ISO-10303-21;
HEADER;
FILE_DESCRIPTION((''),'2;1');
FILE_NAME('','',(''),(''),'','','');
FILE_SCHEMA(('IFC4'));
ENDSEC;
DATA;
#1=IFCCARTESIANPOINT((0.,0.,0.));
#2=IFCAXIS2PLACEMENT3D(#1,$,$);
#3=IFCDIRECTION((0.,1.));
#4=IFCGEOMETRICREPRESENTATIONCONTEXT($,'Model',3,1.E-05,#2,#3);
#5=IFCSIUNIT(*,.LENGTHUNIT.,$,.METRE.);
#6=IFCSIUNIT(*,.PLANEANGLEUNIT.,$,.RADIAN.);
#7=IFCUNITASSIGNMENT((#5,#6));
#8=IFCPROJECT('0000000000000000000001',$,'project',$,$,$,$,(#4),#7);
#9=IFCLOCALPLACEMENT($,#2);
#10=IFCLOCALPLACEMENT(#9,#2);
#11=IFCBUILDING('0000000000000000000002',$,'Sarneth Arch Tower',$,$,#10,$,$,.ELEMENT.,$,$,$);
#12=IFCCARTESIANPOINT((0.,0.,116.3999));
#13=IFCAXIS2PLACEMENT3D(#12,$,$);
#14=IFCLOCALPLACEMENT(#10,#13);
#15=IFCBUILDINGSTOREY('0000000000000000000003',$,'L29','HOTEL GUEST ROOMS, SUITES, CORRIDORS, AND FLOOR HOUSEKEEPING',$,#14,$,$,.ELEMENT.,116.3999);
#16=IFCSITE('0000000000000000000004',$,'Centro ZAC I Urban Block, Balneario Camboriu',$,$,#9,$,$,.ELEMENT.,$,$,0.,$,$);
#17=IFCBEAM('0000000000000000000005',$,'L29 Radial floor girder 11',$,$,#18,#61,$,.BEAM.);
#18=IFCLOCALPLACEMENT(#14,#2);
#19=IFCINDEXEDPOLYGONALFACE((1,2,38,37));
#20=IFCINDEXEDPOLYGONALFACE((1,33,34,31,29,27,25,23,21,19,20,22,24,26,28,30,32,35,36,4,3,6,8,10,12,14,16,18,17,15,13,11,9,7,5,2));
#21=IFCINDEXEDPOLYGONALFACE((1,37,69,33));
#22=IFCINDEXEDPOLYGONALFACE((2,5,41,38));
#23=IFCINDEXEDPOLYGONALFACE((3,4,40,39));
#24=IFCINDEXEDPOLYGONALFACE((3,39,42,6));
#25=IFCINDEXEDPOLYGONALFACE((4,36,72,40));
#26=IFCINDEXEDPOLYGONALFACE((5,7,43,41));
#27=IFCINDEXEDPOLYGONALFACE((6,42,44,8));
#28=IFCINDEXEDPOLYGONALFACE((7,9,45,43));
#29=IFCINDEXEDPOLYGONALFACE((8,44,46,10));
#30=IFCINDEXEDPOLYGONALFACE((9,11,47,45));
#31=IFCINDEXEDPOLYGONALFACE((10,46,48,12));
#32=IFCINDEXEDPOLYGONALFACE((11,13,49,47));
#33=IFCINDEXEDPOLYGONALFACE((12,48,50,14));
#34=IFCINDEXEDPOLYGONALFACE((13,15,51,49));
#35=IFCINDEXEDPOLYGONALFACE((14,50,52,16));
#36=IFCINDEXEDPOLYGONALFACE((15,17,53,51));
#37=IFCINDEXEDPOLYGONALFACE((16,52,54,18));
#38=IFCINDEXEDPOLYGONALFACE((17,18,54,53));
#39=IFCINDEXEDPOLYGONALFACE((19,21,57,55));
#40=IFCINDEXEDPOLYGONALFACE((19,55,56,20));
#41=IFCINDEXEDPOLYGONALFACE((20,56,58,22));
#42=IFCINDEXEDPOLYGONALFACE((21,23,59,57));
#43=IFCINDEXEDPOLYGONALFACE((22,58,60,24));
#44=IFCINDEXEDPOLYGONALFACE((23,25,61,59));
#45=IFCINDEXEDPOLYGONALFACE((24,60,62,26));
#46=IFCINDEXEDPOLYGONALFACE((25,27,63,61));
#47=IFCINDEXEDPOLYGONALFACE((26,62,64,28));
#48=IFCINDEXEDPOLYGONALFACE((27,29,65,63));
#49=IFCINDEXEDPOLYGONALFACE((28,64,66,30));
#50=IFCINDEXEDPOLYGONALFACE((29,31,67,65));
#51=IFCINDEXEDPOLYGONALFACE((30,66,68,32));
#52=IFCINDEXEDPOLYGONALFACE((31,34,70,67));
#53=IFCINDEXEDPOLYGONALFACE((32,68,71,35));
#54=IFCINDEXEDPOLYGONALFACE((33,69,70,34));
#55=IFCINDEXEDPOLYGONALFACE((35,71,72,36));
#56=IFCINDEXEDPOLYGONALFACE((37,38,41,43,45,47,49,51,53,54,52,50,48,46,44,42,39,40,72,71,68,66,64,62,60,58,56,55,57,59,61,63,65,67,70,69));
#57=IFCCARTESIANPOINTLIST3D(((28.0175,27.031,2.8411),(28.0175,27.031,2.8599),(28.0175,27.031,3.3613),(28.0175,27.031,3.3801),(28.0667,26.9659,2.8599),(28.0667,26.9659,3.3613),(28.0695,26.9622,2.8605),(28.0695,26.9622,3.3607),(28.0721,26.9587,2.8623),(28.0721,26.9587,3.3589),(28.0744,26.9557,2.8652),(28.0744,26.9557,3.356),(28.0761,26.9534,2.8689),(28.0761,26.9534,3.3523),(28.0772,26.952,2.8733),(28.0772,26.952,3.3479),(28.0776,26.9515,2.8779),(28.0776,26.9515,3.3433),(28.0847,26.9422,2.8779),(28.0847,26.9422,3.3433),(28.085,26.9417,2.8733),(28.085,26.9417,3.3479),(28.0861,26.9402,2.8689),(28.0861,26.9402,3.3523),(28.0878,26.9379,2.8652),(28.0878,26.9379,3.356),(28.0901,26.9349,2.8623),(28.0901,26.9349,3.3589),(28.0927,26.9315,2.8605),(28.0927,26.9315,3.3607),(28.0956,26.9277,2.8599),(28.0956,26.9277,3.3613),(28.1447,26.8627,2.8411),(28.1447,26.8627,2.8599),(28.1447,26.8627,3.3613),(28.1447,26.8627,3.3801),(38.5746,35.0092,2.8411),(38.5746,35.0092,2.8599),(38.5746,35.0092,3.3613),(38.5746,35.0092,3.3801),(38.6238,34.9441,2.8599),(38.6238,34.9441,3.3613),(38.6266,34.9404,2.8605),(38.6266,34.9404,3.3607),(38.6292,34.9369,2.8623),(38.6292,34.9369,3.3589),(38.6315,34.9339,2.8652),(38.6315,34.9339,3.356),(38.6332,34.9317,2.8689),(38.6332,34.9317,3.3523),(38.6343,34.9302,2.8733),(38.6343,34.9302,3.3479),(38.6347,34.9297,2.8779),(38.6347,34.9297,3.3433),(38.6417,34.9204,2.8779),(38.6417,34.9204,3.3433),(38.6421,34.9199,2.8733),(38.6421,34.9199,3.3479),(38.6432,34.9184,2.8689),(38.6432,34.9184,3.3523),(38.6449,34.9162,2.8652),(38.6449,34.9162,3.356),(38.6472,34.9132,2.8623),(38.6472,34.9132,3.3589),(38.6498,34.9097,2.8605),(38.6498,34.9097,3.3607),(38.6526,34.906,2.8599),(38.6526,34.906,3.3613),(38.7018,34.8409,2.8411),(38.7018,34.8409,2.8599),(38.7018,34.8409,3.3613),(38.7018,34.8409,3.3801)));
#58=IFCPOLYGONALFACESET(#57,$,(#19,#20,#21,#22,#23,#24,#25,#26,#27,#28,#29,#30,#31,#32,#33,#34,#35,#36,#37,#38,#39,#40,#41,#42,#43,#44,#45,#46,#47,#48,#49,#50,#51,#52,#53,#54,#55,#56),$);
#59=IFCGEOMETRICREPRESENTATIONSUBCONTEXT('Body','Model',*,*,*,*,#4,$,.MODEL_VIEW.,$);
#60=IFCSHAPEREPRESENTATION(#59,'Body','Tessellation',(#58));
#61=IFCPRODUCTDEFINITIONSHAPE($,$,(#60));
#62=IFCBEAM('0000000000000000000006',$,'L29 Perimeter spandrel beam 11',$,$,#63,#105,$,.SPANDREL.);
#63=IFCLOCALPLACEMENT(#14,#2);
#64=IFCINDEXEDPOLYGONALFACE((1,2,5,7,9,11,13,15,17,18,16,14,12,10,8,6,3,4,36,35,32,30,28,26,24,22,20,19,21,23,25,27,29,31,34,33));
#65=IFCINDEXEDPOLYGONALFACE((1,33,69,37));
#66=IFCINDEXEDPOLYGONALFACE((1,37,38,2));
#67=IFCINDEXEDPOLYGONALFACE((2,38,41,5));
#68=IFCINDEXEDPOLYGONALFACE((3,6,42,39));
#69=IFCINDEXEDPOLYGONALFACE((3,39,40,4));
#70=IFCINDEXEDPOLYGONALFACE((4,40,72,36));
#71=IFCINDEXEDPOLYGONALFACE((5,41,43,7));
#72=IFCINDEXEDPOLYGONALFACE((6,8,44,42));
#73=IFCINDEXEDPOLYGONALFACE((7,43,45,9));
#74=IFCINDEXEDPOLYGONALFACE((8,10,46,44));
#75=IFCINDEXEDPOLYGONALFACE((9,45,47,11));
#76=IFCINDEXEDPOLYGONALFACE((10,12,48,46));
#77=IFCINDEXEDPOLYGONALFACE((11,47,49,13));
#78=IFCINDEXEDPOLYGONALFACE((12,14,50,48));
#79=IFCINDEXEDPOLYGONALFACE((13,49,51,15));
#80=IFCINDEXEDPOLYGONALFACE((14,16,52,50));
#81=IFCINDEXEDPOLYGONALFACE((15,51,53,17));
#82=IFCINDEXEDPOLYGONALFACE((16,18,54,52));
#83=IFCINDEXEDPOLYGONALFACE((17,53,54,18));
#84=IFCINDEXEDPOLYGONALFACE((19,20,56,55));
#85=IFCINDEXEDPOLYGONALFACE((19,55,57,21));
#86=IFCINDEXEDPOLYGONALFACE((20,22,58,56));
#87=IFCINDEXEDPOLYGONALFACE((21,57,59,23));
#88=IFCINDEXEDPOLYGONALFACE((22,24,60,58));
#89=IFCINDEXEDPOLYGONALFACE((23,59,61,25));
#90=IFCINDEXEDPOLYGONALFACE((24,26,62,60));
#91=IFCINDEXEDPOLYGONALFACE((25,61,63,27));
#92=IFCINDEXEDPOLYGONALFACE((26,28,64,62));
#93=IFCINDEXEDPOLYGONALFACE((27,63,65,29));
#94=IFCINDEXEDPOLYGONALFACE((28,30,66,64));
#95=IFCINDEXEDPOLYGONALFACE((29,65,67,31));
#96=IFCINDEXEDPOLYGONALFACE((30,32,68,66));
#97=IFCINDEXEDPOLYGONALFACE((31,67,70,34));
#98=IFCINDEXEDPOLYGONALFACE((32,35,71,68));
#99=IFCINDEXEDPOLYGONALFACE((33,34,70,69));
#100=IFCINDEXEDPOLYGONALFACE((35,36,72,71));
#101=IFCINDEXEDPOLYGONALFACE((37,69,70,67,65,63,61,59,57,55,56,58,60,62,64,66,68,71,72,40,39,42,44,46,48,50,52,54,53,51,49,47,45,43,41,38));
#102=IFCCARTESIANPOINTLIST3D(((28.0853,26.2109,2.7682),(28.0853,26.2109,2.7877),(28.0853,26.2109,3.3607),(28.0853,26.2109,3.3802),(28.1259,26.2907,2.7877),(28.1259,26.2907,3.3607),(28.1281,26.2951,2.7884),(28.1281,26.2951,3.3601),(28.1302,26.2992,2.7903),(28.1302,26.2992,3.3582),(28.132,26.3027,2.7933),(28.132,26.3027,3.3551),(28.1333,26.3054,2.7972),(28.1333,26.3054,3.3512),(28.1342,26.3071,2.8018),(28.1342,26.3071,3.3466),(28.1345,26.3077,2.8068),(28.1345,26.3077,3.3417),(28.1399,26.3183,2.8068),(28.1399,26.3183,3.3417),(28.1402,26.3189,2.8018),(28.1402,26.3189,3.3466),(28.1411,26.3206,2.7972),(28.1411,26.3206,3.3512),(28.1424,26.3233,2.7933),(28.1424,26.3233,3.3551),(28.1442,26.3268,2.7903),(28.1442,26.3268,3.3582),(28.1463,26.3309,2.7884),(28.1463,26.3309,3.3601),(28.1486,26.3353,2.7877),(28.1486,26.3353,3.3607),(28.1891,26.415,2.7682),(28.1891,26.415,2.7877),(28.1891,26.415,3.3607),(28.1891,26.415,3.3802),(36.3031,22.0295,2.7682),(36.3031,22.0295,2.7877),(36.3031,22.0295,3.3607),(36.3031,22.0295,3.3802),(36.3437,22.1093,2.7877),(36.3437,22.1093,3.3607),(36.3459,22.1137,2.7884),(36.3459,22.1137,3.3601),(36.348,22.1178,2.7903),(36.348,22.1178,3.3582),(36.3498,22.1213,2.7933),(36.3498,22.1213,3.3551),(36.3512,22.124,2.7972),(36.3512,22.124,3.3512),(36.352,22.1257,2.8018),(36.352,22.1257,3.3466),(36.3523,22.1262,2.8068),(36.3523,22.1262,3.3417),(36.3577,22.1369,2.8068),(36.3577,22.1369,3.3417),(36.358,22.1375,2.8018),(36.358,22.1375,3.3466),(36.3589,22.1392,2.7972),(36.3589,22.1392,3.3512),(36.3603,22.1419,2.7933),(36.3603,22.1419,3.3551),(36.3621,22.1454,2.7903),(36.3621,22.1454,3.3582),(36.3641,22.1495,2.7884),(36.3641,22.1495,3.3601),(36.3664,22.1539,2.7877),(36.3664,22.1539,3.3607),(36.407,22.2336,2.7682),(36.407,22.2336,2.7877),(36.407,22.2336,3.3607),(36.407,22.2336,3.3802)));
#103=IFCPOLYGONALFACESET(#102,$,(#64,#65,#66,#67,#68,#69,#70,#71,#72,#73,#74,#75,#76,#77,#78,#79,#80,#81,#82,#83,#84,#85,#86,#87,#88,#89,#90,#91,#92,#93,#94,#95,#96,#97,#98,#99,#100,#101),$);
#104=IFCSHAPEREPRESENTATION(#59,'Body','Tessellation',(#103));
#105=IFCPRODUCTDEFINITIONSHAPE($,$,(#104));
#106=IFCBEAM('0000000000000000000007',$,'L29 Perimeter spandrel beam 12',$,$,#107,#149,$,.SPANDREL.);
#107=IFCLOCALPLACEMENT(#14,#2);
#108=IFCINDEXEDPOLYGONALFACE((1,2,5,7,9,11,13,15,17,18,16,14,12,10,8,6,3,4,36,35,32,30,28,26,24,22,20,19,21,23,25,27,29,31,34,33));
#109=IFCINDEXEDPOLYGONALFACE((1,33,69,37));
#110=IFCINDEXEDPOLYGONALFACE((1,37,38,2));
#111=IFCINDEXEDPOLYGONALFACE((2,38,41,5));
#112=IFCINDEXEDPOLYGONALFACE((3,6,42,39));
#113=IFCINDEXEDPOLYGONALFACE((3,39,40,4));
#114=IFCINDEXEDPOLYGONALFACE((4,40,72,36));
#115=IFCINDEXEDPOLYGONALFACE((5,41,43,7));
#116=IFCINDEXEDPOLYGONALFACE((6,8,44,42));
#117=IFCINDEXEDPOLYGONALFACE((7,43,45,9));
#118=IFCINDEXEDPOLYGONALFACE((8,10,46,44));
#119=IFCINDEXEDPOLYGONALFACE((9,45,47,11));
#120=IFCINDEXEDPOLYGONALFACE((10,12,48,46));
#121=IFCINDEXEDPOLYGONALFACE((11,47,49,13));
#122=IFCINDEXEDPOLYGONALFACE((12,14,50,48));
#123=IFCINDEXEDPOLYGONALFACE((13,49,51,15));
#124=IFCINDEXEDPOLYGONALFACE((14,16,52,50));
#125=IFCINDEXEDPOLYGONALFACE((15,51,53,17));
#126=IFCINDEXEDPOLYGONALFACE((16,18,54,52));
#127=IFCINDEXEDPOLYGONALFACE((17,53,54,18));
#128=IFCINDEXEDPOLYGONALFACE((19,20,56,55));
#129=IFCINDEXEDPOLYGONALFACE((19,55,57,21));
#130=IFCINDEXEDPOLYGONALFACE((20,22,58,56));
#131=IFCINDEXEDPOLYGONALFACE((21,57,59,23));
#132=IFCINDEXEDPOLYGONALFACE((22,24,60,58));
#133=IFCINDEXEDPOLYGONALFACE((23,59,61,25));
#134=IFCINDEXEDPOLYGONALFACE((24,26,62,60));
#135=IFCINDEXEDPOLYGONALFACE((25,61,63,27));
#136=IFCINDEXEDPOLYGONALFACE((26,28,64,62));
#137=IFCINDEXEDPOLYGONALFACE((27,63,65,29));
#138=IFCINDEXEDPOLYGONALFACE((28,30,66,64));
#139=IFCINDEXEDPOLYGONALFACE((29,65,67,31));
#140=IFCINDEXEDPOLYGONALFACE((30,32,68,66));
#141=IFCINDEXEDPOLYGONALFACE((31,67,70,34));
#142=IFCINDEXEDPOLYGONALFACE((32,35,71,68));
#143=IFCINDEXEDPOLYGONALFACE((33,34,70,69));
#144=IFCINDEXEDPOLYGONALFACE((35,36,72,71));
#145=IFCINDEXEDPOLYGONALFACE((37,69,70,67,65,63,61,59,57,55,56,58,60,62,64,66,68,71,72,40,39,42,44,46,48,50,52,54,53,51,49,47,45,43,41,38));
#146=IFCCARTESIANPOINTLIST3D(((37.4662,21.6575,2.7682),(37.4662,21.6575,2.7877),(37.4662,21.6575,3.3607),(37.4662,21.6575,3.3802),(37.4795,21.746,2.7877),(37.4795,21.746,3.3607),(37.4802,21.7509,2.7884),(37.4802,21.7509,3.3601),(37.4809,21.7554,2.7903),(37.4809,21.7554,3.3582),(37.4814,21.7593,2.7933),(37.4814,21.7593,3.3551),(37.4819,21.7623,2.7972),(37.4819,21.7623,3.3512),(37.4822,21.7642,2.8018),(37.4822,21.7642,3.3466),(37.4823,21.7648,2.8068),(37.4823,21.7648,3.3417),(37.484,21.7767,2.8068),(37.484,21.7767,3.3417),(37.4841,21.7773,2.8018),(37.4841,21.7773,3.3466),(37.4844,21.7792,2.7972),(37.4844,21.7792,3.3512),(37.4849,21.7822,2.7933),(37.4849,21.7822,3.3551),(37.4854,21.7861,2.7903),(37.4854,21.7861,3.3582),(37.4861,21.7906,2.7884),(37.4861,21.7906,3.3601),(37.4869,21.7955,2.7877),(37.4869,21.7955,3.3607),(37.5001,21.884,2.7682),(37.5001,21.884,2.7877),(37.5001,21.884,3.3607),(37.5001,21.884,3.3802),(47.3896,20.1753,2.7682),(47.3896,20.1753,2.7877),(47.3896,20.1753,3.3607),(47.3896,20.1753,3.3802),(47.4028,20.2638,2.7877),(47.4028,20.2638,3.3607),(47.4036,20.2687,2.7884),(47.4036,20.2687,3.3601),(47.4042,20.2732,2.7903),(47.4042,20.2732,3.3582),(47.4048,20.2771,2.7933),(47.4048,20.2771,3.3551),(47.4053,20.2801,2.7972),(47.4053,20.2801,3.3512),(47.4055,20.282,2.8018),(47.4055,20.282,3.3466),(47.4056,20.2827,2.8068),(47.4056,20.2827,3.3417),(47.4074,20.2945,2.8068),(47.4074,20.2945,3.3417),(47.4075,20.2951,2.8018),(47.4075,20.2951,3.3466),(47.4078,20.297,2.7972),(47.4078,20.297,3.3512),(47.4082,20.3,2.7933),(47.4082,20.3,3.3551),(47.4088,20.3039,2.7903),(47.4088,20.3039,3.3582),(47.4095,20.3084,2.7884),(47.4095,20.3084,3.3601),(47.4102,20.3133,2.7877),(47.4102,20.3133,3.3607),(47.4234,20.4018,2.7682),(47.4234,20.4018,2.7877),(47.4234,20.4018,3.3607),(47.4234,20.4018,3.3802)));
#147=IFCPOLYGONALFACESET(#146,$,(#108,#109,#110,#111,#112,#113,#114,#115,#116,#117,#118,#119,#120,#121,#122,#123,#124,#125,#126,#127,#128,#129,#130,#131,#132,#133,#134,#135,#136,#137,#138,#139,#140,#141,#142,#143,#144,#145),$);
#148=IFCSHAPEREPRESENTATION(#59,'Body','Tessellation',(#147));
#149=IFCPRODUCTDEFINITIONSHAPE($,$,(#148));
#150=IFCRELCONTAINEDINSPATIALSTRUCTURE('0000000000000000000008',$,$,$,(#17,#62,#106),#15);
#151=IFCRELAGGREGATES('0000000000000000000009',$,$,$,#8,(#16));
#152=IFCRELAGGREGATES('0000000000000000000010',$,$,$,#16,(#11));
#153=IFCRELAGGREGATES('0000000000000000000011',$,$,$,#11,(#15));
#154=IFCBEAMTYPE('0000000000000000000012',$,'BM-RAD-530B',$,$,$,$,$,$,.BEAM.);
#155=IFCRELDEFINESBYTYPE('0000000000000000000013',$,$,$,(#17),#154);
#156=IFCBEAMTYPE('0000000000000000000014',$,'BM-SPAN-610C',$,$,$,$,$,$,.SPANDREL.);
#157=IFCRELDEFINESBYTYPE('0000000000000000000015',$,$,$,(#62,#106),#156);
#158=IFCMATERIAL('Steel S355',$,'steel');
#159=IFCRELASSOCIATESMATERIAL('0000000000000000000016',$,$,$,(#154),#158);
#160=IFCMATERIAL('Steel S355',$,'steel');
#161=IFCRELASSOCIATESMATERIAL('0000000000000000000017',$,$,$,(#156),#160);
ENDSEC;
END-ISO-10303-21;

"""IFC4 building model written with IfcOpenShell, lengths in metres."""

from ifc_helpers import new_model, si_unit, direction, frame, origin, origin_2d, place, context, subcontext, project, spatial, i_section, extrude, material, material_profile, profile_set, type_object, element, save


model = new_model("IFC4")

# Units and contexts
model_context = context("Model", 3, precision=1e-05, world=origin(), true_north=direction((0.0, 1.0)))
body_context = subcontext(model_context, "Body", "Model", "MODEL_VIEW")
ifc_project = project(units=[si_unit("LENGTHUNIT", "METRE"), si_unit("PLANEANGLEUNIT", "RADIAN")], contexts=[model_context])

# Site, building, storey
site_placement = place(None, origin())
site = spatial("IfcSite", under=ifc_project, at=site_placement, Name="Centro ZAC I Urban Block, Balneario Camboriu", CompositionType="ELEMENT", RefElevation=0.0)
building_placement = place(site_placement, origin())
building = spatial("IfcBuilding", under=site, at=building_placement, Name="Sarneth Arch Tower", CompositionType="ELEMENT")
storey_placement = place(building_placement, frame((0.0, 0.0, 116.3999)))
storey = spatial("IfcBuildingStorey", under=building, at=storey_placement, Name="L29", Description="HOTEL GUEST ROOMS, SUITES, CORRIDORS, AND FLOOR HOUSEKEEPING", CompositionType="ELEMENT", Elevation=116.3999)

# Beams
ifc_material_1 = material(Name="Steel S355", Category="steel")
ifc_material_profile_1 = material_profile(ifc_material_1, i_section(OverallWidth=0.2109, OverallDepth=0.5391, WebThickness=0.0117, FlangeThickness=0.0188, FilletRadius=0.0181, at=origin_2d()), Name="W530x109")
ifc_profile_set_1 = profile_set([ifc_material_profile_1], Name="Steel S355")
beam_type_1 = type_object("IfcBeamType", Name="BM-RAD-530B", PredefinedType="BEAM", material=ifc_profile_set_1)
beam_1_placement = place(storey_placement, frame((38.6382, 34.925, 3.1106), z_axis=(-0.797803, -0.602918, 0.0), x_axis=(0.602918, -0.797803, 0.0)))
element("IfcBeam", 1, at=beam_1_placement, inside=storey, type_object=beam_type_1, Name="L29 Radial floor girder 11", PredefinedType="BEAM", context=body_context, shape_type="SweptSolid", body=[
    extrude(i_section(OverallWidth=0.2109, OverallDepth=0.5391, WebThickness=0.0117, FlangeThickness=0.0188, FilletRadius=0.0181, at=origin_2d()), origin(), (0.0, 0.0, 1.0), 13.2327),
])
ifc_material_2 = material(Name="Steel S355", Category="steel")
ifc_material_profile_2 = material_profile(ifc_material_2, i_section(OverallWidth=0.229, OverallDepth=0.6121, WebThickness=0.012, FlangeThickness=0.0195, FilletRadius=0.019, at=origin_2d()), Name="W610x125")
ifc_profile_set_2 = profile_set([ifc_material_profile_2], Name="Steel S355")
beam_type_2 = type_object("IfcBeamType", Name="BM-SPAN-610C", PredefinedType="SPANDREL", material=ifc_profile_set_2)
beam_2_placement = place(storey_placement, frame((28.1372, 26.313, 3.0742), z_axis=(0.891259, -0.453494, 0.0), x_axis=(0.453494, 0.891259, 0.0)))
element("IfcBeam", 2, at=beam_2_placement, inside=storey, type_object=beam_type_2, Name="L29 Perimeter spandrel beam 11", PredefinedType="SPANDREL", context=body_context, shape_type="SweptSolid", body=[
    extrude(i_section(OverallWidth=0.229, OverallDepth=0.6121, WebThickness=0.012, FlangeThickness=0.0195, FilletRadius=0.019, at=origin_2d()), origin(), (0.0, 0.0, 1.0), 9.2205),
])
beam_3_placement = place(storey_placement, frame((37.4832, 21.7708, 3.0742), z_axis=(0.989029, -0.147724, 0.0), x_axis=(0.147724, 0.989029, 0.0)))
element("IfcBeam", 3, at=beam_3_placement, inside=storey, type_object=beam_type_2, Name="L29 Perimeter spandrel beam 12", PredefinedType="SPANDREL", context=body_context, shape_type="SweptSolid", body=[
    extrude(i_section(OverallWidth=0.229, OverallDepth=0.6121, WebThickness=0.012, FlangeThickness=0.0195, FilletRadius=0.019, at=origin_2d()), origin(), (0.0, 0.0, 1.0), 10.0334),
])

save(model, "model.ifc")
